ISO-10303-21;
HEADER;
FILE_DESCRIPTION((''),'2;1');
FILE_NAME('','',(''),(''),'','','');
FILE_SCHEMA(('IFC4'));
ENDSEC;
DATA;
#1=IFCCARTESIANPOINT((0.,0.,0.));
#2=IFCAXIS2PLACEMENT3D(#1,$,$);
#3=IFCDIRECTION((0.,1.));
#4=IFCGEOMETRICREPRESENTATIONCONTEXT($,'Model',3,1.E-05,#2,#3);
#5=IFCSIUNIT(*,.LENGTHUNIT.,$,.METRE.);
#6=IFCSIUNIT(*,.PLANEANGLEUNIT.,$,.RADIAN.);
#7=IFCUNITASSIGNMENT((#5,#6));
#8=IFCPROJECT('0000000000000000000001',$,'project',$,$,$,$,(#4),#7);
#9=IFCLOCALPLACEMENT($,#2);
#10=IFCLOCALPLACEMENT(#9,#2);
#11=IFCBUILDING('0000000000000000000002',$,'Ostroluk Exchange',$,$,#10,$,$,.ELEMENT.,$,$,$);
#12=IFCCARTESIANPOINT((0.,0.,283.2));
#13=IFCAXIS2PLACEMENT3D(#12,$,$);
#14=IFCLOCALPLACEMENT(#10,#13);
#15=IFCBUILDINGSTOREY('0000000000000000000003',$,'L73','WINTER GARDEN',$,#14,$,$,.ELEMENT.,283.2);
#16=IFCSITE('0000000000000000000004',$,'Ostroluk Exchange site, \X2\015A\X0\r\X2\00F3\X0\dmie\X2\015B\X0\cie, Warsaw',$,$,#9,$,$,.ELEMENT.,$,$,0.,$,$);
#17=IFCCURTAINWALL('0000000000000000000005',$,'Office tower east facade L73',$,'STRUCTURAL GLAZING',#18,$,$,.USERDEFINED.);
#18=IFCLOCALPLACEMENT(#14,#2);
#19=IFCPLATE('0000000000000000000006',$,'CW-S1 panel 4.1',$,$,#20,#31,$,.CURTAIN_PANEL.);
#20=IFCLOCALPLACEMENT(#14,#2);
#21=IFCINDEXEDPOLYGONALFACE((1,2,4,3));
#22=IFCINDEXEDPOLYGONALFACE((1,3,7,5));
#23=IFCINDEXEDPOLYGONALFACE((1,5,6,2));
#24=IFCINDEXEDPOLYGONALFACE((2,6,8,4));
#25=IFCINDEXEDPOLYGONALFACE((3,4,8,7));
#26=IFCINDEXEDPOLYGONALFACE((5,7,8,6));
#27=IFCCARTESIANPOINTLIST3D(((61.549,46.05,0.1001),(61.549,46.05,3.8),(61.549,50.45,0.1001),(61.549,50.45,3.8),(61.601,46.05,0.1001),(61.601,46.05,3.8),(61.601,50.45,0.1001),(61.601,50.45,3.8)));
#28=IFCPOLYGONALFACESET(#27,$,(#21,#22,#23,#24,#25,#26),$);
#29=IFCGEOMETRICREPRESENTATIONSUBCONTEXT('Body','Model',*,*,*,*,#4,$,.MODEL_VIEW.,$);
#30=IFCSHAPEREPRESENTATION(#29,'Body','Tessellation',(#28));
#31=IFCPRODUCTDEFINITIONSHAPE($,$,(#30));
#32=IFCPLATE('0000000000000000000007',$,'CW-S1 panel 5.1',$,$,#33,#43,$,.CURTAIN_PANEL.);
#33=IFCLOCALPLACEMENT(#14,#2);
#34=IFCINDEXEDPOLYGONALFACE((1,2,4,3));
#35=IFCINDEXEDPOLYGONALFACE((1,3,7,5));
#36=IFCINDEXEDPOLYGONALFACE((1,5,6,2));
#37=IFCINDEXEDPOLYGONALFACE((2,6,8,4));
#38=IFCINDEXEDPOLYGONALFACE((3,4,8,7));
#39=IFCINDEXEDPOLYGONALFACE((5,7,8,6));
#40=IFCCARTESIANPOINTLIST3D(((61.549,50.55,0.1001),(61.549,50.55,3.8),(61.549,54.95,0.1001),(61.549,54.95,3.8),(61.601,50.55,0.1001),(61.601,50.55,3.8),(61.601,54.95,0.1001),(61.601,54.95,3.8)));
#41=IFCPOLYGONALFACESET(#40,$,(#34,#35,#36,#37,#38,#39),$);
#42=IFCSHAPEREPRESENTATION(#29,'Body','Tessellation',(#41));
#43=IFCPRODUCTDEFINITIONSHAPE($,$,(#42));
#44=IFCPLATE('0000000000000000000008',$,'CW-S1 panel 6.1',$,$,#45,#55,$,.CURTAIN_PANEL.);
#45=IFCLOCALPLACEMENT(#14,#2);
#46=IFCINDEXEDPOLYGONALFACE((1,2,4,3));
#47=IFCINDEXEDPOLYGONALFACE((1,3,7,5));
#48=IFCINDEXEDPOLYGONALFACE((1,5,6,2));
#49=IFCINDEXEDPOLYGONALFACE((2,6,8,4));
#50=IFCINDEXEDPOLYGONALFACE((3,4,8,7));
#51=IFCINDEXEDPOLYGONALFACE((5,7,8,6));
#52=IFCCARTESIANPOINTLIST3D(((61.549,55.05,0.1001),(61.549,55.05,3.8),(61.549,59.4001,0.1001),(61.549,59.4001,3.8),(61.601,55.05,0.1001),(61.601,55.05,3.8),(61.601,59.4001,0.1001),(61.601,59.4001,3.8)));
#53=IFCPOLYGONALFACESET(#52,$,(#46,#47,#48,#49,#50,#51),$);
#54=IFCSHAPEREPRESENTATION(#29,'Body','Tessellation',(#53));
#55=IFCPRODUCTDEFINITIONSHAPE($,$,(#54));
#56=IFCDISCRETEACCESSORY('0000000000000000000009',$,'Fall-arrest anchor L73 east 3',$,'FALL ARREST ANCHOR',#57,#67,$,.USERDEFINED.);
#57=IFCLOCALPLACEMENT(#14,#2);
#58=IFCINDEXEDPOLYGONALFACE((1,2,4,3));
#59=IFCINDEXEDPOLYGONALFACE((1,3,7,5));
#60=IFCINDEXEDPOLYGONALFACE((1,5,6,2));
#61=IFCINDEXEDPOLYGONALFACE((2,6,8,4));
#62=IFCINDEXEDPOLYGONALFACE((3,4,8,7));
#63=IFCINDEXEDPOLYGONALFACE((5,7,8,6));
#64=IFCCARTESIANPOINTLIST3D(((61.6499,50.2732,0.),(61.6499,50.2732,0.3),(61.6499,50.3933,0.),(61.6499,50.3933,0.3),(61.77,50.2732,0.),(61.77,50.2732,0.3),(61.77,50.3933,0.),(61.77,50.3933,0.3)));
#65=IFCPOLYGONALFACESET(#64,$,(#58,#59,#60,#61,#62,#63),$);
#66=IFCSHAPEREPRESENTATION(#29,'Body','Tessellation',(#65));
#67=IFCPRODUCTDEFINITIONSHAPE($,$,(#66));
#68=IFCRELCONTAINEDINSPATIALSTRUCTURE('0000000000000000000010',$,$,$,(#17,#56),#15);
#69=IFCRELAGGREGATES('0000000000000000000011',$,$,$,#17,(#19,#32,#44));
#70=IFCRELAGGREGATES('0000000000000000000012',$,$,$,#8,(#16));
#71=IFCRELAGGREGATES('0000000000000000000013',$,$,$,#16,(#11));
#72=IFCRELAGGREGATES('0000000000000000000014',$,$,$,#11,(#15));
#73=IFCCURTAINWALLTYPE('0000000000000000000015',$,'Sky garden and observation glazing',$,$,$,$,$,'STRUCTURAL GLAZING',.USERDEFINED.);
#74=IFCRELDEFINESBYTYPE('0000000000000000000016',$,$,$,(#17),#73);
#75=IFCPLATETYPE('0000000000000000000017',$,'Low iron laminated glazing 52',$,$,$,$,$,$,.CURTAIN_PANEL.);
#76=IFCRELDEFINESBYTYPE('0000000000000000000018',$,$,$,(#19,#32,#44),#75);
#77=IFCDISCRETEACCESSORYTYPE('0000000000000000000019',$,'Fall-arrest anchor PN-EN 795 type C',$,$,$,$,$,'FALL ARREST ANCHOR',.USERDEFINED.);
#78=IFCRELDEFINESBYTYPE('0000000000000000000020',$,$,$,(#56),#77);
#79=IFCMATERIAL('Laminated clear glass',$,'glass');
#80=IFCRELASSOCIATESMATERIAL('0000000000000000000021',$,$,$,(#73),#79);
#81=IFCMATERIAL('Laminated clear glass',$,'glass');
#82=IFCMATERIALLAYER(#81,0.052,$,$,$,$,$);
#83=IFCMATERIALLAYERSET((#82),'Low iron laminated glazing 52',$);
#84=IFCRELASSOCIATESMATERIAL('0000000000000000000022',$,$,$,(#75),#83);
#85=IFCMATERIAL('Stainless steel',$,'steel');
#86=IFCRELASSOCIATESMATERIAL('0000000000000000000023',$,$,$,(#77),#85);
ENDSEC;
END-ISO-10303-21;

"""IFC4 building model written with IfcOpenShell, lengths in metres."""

from ifc_helpers import new_model, si_unit, direction, frame, origin, origin_2d, place, context, subcontext, project, spatial, rectangle, extrude, material, layer, layer_set, type_object, element, aggregate, save


model = new_model("IFC4")

# Units and contexts
model_context = context("Model", 3, precision=1e-05, world=origin(), true_north=direction((0.0, 1.0)))
body_context = subcontext(model_context, "Body", "Model", "MODEL_VIEW")
ifc_project = project(units=[si_unit("LENGTHUNIT", "METRE"), si_unit("PLANEANGLEUNIT", "RADIAN")], contexts=[model_context])

# Site, building, storey
site_placement = place(None, origin())
site = spatial("IfcSite", under=ifc_project, at=site_placement, Name="Ostroluk Exchange site, Śródmieście, Warsaw", CompositionType="ELEMENT", RefElevation=0.0)
building_placement = place(site_placement, origin())
building = spatial("IfcBuilding", under=site, at=building_placement, Name="Ostroluk Exchange", CompositionType="ELEMENT")
storey_placement = place(building_placement, frame((0.0, 0.0, 283.2)))
storey = spatial("IfcBuildingStorey", under=building, at=storey_placement, Name="L73", Description="WINTER GARDEN", CompositionType="ELEMENT", Elevation=283.2)

# Curtain wall, plates
ifc_material_1 = material(Name="Laminated clear glass", Category="glass")
curtain_wall_type = type_object("IfcCurtainWallType", Name="Sky garden and observation glazing", ElementType="STRUCTURAL GLAZING", PredefinedType="USERDEFINED", material=ifc_material_1)
curtain_wall_placement = place(storey_placement, origin())
curtain_wall = element("IfcCurtainWall", 1, at=curtain_wall_placement, inside=storey, type_object=curtain_wall_type, Name="Office tower east facade L73", ObjectType="STRUCTURAL GLAZING", PredefinedType="USERDEFINED")
ifc_material_2 = material(Name="Laminated clear glass", Category="glass")
ifc_layer = layer(ifc_material_2, 0.052)
ifc_layer_set = layer_set([ifc_layer], Name="Low iron laminated glazing 52")
plate_type = type_object("IfcPlateType", Name="Low iron laminated glazing 52", PredefinedType="CURTAIN_PANEL", material=ifc_layer_set)
plate_1_placement = place(storey_placement, frame((61.575, 48.25, 0.1001), z_axis=(0.0, 0.0, 1.0), x_axis=(0.0, 1.0, 0.0)))
plate_1 = element("IfcPlate", 2, at=plate_1_placement, type_object=plate_type, Name="CW-S1 panel 4.1", PredefinedType="CURTAIN_PANEL", context=body_context, shape_type="SweptSolid", body=[
    extrude(rectangle(XDim=4.3999, YDim=0.052, at=origin_2d()), origin(), (0.0, 0.0, 1.0), 3.7),
])
plate_2_placement = place(storey_placement, frame((61.575, 52.75, 0.1001), z_axis=(0.0, 0.0, 1.0), x_axis=(0.0, 1.0, 0.0)))
plate_2 = element("IfcPlate", 3, at=plate_2_placement, type_object=plate_type, Name="CW-S1 panel 5.1", PredefinedType="CURTAIN_PANEL", context=body_context, shape_type="SweptSolid", body=[
    extrude(rectangle(XDim=4.3999, YDim=0.052, at=origin_2d()), origin(), (0.0, 0.0, 1.0), 3.7),
])
plate_3_placement = place(storey_placement, frame((61.575, 57.2251, 0.1001), z_axis=(0.0, 0.0, 1.0), x_axis=(0.0, 1.0, 0.0)))
plate_3 = element("IfcPlate", 4, at=plate_3_placement, type_object=plate_type, Name="CW-S1 panel 6.1", PredefinedType="CURTAIN_PANEL", context=body_context, shape_type="SweptSolid", body=[
    extrude(rectangle(XDim=4.3501, YDim=0.052, at=origin_2d()), origin(), (0.0, 0.0, 1.0), 3.7),
])
aggregate(curtain_wall, [plate_1, plate_2, plate_3])

# Discrete accessory
ifc_material_3 = material(Name="Stainless steel", Category="steel")
discrete_accessory_type = type_object("IfcDiscreteAccessoryType", Name="Fall-arrest anchor PN-EN 795 type C", ElementType="FALL ARREST ANCHOR", PredefinedType="USERDEFINED", material=ifc_material_3)
discrete_accessory_placement = place(storey_placement, frame((61.71, 50.3333, 0.0), z_axis=(0.0, 0.0, 1.0), x_axis=(1.0, 0.0, 0.0)))
element("IfcDiscreteAccessory", 5, at=discrete_accessory_placement, inside=storey, type_object=discrete_accessory_type, Name="Fall-arrest anchor L73 east 3", ObjectType="FALL ARREST ANCHOR", PredefinedType="USERDEFINED", context=body_context, shape_type="SweptSolid", body=[
    extrude(rectangle(XDim=0.1201, YDim=0.1201, at=origin_2d()), origin(), (0.0, 0.0, 1.0), 0.3),
])

save(model, "model.ifc")
